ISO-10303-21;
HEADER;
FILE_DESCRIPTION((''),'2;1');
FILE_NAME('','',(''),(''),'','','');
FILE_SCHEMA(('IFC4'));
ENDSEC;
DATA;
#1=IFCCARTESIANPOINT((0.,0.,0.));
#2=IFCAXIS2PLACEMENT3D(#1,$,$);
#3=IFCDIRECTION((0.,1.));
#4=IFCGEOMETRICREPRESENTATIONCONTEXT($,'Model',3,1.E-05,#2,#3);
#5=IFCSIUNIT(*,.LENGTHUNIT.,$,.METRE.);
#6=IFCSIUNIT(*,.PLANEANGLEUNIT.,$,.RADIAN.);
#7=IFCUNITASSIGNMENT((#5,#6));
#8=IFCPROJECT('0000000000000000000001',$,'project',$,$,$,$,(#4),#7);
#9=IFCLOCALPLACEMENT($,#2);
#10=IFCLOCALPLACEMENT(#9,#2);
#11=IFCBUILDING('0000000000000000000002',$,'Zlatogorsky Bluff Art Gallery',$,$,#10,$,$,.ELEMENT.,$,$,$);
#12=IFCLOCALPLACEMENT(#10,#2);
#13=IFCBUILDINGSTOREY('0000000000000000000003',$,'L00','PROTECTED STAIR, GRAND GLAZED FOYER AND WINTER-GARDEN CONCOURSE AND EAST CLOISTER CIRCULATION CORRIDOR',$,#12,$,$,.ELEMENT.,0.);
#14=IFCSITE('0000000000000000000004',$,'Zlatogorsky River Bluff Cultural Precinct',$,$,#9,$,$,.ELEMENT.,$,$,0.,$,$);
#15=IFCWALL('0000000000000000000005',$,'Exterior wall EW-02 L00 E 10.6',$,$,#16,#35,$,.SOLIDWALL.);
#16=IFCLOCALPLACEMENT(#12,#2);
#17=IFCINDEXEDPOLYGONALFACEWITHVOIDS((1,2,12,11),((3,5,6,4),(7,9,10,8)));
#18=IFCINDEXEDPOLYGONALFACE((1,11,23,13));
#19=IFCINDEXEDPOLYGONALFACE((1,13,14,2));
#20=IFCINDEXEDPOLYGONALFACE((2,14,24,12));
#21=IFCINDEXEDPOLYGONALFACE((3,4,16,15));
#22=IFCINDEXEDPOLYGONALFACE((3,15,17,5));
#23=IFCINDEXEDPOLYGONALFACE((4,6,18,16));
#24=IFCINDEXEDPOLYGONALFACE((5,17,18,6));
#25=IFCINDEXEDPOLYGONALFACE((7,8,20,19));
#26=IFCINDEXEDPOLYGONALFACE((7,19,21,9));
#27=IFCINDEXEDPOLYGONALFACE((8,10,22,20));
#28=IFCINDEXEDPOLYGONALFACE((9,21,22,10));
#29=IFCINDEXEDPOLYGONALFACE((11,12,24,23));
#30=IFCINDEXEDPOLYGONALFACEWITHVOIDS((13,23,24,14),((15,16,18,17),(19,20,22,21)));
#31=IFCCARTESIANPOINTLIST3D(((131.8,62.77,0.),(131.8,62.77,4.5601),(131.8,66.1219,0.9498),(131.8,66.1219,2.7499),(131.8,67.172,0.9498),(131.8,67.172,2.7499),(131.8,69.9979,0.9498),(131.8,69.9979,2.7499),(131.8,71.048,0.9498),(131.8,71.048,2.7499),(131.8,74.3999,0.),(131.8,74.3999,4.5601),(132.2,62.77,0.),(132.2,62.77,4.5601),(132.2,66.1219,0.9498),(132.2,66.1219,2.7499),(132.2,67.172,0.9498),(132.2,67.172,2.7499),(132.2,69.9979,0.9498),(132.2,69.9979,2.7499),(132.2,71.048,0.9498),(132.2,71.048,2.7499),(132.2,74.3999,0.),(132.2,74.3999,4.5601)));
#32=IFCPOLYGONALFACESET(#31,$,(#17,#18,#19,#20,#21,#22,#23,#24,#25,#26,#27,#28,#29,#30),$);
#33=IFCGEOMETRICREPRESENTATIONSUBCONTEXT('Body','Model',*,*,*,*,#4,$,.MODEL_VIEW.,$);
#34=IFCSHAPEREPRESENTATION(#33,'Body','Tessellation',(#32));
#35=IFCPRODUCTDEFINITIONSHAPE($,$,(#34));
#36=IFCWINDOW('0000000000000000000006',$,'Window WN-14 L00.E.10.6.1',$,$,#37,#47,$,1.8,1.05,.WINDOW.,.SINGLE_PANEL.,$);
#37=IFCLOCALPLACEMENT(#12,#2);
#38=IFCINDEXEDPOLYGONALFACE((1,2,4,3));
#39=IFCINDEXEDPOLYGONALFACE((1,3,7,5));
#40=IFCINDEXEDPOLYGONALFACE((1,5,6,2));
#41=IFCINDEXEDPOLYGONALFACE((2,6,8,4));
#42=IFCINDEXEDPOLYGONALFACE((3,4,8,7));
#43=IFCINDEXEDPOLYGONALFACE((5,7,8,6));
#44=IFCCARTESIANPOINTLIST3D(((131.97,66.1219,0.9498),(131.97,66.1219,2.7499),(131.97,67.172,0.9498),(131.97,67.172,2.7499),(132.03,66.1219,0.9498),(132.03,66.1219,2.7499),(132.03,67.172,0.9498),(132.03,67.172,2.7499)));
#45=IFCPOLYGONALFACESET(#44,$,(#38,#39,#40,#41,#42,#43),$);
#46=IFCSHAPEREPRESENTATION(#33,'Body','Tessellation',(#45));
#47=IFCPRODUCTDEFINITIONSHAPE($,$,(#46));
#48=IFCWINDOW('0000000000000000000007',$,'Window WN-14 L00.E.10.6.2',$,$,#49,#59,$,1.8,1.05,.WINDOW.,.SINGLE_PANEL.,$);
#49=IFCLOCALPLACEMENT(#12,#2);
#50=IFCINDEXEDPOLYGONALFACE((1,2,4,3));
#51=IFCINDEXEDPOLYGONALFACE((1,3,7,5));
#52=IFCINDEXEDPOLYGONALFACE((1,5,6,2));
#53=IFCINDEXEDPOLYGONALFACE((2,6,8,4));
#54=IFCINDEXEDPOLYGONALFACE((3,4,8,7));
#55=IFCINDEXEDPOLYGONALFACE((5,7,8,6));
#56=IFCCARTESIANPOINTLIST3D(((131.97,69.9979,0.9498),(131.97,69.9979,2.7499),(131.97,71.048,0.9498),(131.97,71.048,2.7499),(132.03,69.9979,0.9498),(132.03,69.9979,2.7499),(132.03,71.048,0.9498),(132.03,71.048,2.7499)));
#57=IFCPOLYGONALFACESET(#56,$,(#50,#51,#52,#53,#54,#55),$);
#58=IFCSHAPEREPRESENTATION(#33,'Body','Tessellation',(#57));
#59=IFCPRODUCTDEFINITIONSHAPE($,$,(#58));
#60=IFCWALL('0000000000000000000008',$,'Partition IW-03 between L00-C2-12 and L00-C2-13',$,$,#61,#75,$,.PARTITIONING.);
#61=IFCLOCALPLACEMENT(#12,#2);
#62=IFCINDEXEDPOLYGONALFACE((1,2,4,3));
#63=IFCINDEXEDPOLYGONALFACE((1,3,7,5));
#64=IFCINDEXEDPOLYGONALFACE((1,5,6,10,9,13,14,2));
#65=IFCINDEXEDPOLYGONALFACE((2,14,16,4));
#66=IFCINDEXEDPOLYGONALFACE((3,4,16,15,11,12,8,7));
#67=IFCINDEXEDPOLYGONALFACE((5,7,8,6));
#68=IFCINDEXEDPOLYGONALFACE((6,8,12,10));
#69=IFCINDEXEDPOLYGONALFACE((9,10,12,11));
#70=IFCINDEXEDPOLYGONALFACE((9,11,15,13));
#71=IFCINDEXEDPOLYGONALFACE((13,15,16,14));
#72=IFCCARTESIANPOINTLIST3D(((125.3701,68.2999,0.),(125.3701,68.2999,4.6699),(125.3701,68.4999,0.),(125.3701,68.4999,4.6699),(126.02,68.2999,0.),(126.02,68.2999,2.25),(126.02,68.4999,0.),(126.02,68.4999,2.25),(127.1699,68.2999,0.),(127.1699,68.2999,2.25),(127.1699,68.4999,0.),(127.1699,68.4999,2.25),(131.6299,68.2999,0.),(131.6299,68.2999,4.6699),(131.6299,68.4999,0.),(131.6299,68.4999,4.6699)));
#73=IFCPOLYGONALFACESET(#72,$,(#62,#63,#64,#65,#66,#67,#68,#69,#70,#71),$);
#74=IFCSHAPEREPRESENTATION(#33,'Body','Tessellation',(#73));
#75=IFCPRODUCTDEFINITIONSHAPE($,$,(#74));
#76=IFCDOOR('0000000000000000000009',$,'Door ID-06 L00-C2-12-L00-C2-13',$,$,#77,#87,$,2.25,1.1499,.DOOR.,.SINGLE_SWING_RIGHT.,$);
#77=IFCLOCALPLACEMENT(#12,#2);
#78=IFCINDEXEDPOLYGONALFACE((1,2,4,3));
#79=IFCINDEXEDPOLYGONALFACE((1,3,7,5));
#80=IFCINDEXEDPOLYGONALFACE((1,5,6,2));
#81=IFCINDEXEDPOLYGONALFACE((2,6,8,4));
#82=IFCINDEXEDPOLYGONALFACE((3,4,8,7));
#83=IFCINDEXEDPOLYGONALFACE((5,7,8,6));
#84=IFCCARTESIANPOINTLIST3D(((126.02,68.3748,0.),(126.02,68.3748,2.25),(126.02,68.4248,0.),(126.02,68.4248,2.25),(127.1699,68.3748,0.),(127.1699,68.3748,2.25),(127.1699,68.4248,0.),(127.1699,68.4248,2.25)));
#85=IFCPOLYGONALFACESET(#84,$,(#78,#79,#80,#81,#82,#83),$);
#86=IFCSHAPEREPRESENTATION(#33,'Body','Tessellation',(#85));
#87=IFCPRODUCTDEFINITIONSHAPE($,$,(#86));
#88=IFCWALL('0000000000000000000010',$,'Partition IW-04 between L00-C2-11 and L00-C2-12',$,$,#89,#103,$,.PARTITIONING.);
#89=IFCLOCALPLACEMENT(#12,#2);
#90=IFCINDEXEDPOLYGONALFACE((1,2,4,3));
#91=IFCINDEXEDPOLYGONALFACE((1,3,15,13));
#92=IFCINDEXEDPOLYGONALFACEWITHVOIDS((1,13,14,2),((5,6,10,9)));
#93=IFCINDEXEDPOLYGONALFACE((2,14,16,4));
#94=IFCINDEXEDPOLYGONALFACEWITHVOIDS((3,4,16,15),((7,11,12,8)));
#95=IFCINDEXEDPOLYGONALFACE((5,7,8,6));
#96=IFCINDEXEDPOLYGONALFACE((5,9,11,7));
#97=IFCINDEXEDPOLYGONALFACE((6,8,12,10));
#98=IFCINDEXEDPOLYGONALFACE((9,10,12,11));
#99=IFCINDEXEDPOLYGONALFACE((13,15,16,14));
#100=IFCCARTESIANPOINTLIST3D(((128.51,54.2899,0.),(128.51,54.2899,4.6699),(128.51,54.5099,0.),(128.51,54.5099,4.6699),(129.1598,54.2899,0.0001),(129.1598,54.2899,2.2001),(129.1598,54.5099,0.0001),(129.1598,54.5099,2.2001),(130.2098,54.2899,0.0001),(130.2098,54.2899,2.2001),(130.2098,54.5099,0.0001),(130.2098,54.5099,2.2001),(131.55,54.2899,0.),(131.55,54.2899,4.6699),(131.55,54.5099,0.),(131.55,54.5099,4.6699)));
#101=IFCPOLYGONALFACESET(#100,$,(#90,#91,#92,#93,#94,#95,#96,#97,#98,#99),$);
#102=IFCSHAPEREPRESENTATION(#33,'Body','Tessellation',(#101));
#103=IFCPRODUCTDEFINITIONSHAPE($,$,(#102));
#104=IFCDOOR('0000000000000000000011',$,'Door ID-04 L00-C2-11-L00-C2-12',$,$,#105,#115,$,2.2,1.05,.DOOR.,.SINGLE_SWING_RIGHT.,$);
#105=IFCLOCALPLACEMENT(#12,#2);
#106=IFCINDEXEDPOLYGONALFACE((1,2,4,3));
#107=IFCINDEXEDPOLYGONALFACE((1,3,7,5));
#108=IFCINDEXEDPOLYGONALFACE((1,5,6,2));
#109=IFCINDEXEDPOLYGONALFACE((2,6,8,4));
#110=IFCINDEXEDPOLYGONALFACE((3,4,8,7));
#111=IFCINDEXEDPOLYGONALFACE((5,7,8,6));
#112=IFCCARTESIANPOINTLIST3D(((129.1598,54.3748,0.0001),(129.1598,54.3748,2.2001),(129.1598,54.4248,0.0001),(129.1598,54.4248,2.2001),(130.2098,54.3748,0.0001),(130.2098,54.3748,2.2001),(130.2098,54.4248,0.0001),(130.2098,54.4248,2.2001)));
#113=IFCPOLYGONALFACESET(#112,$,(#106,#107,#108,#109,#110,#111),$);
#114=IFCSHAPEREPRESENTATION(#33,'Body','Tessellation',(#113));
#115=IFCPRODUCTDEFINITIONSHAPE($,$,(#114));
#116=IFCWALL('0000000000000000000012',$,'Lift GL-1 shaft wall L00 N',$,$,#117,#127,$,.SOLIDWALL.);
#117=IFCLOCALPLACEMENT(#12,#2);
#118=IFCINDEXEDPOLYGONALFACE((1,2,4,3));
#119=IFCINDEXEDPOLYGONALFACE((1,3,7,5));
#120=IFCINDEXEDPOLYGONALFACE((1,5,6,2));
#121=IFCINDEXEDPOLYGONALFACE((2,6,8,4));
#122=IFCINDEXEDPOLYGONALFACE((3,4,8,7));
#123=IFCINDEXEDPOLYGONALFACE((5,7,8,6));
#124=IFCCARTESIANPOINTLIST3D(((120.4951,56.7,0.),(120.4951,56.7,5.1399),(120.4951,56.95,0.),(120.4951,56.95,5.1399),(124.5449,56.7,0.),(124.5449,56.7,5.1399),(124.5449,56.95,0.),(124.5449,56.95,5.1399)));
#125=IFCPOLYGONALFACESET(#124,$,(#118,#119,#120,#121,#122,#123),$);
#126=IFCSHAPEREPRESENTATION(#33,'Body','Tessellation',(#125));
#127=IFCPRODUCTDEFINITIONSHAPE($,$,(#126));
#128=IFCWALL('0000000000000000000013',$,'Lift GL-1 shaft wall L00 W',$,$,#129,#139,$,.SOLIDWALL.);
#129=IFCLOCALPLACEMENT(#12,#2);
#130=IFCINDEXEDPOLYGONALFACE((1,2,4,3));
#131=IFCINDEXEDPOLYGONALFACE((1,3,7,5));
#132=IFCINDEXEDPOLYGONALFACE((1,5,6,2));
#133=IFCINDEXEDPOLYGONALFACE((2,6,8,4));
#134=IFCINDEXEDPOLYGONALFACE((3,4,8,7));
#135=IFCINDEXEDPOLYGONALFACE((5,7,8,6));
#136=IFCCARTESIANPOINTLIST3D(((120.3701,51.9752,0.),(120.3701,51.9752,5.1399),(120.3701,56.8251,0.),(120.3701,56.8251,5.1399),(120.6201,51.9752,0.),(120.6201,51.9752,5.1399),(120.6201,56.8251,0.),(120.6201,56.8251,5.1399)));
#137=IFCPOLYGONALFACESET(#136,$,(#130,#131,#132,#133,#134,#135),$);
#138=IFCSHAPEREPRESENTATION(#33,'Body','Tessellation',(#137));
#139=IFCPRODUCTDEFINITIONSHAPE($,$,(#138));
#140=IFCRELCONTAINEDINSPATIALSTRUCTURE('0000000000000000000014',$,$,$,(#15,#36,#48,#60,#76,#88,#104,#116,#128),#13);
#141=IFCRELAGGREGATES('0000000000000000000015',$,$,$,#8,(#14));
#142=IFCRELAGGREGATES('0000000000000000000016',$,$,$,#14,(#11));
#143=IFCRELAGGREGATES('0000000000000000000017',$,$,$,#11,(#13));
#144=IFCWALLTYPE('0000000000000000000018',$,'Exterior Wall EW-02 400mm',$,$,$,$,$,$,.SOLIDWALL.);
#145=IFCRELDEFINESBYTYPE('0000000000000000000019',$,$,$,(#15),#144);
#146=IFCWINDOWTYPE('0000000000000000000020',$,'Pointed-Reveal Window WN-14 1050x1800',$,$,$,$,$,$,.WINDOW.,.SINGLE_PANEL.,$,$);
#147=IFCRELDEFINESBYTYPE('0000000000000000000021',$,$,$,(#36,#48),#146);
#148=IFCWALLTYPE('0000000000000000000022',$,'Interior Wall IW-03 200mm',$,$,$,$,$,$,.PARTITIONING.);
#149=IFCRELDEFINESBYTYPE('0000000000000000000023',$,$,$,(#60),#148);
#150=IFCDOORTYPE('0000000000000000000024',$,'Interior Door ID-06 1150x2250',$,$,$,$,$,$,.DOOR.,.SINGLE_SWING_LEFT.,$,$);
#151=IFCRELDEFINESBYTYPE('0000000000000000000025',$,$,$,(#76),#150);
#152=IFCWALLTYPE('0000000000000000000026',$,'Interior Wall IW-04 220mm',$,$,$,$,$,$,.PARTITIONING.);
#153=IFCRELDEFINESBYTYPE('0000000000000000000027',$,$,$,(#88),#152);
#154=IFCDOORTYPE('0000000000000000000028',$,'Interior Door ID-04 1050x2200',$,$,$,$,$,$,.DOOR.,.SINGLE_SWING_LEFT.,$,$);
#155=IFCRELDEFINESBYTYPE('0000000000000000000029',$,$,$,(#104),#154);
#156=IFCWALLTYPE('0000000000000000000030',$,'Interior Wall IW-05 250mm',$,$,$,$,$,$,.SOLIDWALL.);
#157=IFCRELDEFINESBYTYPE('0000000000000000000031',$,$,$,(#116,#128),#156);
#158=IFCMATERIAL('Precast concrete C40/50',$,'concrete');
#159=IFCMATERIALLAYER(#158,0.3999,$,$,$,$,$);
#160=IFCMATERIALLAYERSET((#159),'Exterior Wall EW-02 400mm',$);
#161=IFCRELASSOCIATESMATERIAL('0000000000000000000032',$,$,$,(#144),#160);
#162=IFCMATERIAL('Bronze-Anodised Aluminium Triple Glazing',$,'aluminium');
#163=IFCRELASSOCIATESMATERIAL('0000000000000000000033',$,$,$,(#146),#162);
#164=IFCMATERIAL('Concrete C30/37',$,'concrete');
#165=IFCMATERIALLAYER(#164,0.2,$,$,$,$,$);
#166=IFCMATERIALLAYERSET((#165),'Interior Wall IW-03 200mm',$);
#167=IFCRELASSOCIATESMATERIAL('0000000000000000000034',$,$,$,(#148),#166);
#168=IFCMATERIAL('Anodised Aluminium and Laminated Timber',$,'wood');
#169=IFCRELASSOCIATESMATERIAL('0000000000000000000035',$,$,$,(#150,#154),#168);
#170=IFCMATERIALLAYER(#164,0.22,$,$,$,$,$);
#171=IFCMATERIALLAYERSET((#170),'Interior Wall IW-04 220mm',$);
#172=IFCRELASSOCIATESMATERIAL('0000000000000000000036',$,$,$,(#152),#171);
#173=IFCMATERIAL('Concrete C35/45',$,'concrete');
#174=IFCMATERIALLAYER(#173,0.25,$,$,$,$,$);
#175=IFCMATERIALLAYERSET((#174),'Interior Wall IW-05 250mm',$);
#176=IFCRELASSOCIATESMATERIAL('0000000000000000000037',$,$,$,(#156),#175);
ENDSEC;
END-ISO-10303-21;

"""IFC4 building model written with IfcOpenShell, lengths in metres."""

from ifc_helpers import new_model, si_unit, direction, frame, frame_2d, origin, place, context, subcontext, project, spatial, rectangle, extrude, material, layer, layer_set, type_object, element, fill, save


model = new_model("IFC4")

# Units and contexts
model_context = context("Model", 3, precision=1e-05, world=origin(), true_north=direction((0.0, 1.0)))
body_context = subcontext(model_context, "Body", "Model", "MODEL_VIEW")
ifc_project = project(units=[si_unit("LENGTHUNIT", "METRE"), si_unit("PLANEANGLEUNIT", "RADIAN")], contexts=[model_context])

# Site, building, storey
site_placement = place(None, origin())
site = spatial("IfcSite", under=ifc_project, at=site_placement, Name="Zlatogorsky River Bluff Cultural Precinct", CompositionType="ELEMENT", RefElevation=0.0)
building_placement = place(site_placement, origin())
building = spatial("IfcBuilding", under=site, at=building_placement, Name="Zlatogorsky Bluff Art Gallery", CompositionType="ELEMENT")
storey_placement = place(building_placement, origin())
storey = spatial("IfcBuildingStorey", under=building, at=storey_placement, Name="L00", Description="PROTECTED STAIR, GRAND GLAZED FOYER AND WINTER-GARDEN CONCOURSE AND EAST CLOISTER CIRCULATION CORRIDOR", CompositionType="ELEMENT", Elevation=0.0)

# Shared definitions
ifc_material_1 = material(Name="Concrete C35/45", Category="concrete")

# Shared definitions
ifc_material_2 = material(Name="Precast concrete C40/50", Category="concrete")

# Wall, openings, windows
ifc_layer_1 = layer(ifc_material_2, 0.3999)
ifc_layer_set_1 = layer_set([ifc_layer_1], Name="Exterior Wall EW-02 400mm")
wall_type_1 = type_object("IfcWallType", Name="Exterior Wall EW-02 400mm", PredefinedType="SOLIDWALL", material=ifc_layer_set_1)
wall_1_placement = place(storey_placement, frame((132.0, 62.77, 0.0), z_axis=(0.0, 0.0, 1.0), x_axis=(0.0, 1.0, 0.0)))
wall_1 = element("IfcWall", 1, at=wall_1_placement, inside=storey, type_object=wall_type_1, Name="Exterior wall EW-02 L00 E 10.6", PredefinedType="SOLIDWALL", context=body_context, shape_type="SweptSolid", body=[
    extrude(rectangle(XDim=11.6299, YDim=0.3999, at=frame_2d((5.8149, 0.0))), origin(), (0.0, 0.0, 1.0), 4.5601),
])
opening_1_placement = place(wall_1_placement, frame((3.3521, 0.0, 0.95)))
opening_1 = element("IfcOpeningElement", 2, at=opening_1_placement, cuts=wall_1, PredefinedType="OPENING", context=body_context, shape_type="SweptSolid", body=[
    extrude(rectangle(XDim=1.05, YDim=1.8, at=frame_2d((0.5249, 0.8999))), frame((0.0, 0.21, 0.0), z_axis=(0.0, -1.0, 0.0), x_axis=(1.0, 0.0, 0.0)), (0.0, 0.0, 1.0), 0.4199),
])
opening_2_placement = place(wall_1_placement, frame((7.228, 0.0, 0.95)))
opening_2 = element("IfcOpeningElement", 3, at=opening_2_placement, cuts=wall_1, PredefinedType="OPENING", context=body_context, shape_type="SweptSolid", body=[
    extrude(rectangle(XDim=1.05, YDim=1.8, at=frame_2d((0.5249, 0.8999))), frame((0.0, 0.21, 0.0), z_axis=(0.0, -1.0, 0.0), x_axis=(1.0, 0.0, 0.0)), (0.0, 0.0, 1.0), 0.4199),
])
ifc_material_3 = material(Name="Bronze-Anodised Aluminium Triple Glazing", Category="aluminium")
window_type = type_object("IfcWindowType", Name="Pointed-Reveal Window WN-14 1050x1800", PartitioningType="SINGLE_PANEL", PredefinedType="WINDOW", material=ifc_material_3)
window_1_placement = place(opening_1_placement, origin())
window_1 = element("IfcWindow", 4, at=window_1_placement, inside=storey, type_object=window_type, Name="Window WN-14 L00.E.10.6.1", OverallHeight=1.8, OverallWidth=1.05, PartitioningType="SINGLE_PANEL", PredefinedType="WINDOW", context=body_context, shape_type="SweptSolid", body=[
    extrude(rectangle(XDim=1.05, YDim=1.8, at=frame_2d((0.5249, 0.8999))), frame((0.0, 0.03, 0.0), z_axis=(0.0, -1.0, 0.0), x_axis=(1.0, 0.0, 0.0)), (0.0, 0.0, 1.0), 0.0601),
])
fill(opening_1, window_1)
window_2_placement = place(opening_2_placement, origin())
window_2 = element("IfcWindow", 5, at=window_2_placement, inside=storey, type_object=window_type, Name="Window WN-14 L00.E.10.6.2", OverallHeight=1.8, OverallWidth=1.05, PartitioningType="SINGLE_PANEL", PredefinedType="WINDOW", context=body_context, shape_type="SweptSolid", body=[
    extrude(rectangle(XDim=1.05, YDim=1.8, at=frame_2d((0.5249, 0.8999))), frame((0.0, 0.03, 0.0), z_axis=(0.0, -1.0, 0.0), x_axis=(1.0, 0.0, 0.0)), (0.0, 0.0, 1.0), 0.0601),
])
fill(opening_2, window_2)

# Walls, openings, doors
ifc_material_4 = material(Name="Concrete C30/37", Category="concrete")
ifc_layer_2 = layer(ifc_material_4, 0.2)
ifc_layer_set_2 = layer_set([ifc_layer_2], Name="Interior Wall IW-03 200mm")
wall_type_2 = type_object("IfcWallType", Name="Interior Wall IW-03 200mm", PredefinedType="PARTITIONING", material=ifc_layer_set_2)
wall_2_placement = place(storey_placement, frame((125.3701, 68.3999, 0.0), z_axis=(0.0, 0.0, 1.0), x_axis=(1.0, 0.0, 0.0)))
wall_2 = element("IfcWall", 6, at=wall_2_placement, inside=storey, type_object=wall_type_2, Name="Partition IW-03 between L00-C2-12 and L00-C2-13", PredefinedType="PARTITIONING", context=body_context, shape_type="SweptSolid", body=[
    extrude(rectangle(XDim=6.2598, YDim=0.2, at=frame_2d((3.1299, 0.0))), origin(), (0.0, 0.0, 1.0), 4.6699),
])
opening_3_placement = place(wall_2_placement, frame((0.6499, 0.0, 0.0)))
opening_3 = element("IfcOpeningElement", 7, at=opening_3_placement, cuts=wall_2, PredefinedType="OPENING", context=body_context, shape_type="SweptSolid", body=[
    extrude(rectangle(XDim=1.1499, YDim=2.25, at=frame_2d((0.575, 1.125))), frame((0.0, 0.1099, 0.0), z_axis=(0.0, -1.0, 0.0), x_axis=(1.0, 0.0, 0.0)), (0.0, 0.0, 1.0), 0.22),
])
ifc_material_5 = material(Name="Anodised Aluminium and Laminated Timber", Category="wood")
door_type_1 = type_object("IfcDoorType", Name="Interior Door ID-06 1150x2250", OperationType="SINGLE_SWING_LEFT", PredefinedType="DOOR", material=ifc_material_5)
door_1_placement = place(opening_3_placement, origin())
door_1 = element("IfcDoor", 8, at=door_1_placement, inside=storey, type_object=door_type_1, Name="Door ID-06 L00-C2-12-L00-C2-13", OperationType="SINGLE_SWING_RIGHT", OverallHeight=2.25, OverallWidth=1.1499, PredefinedType="DOOR", context=body_context, shape_type="SweptSolid", body=[
    extrude(rectangle(XDim=1.1499, YDim=2.25, at=frame_2d((0.575, 1.125))), frame((0.0, 0.0249, 0.0), z_axis=(0.0, -1.0, 0.0), x_axis=(1.0, 0.0, 0.0)), (0.0, 0.0, 1.0), 0.05),
])
fill(opening_3, door_1)
ifc_layer_3 = layer(ifc_material_4, 0.22)
ifc_layer_set_3 = layer_set([ifc_layer_3], Name="Interior Wall IW-04 220mm")
wall_type_3 = type_object("IfcWallType", Name="Interior Wall IW-04 220mm", PredefinedType="PARTITIONING", material=ifc_layer_set_3)
wall_3_placement = place(storey_placement, frame((128.51, 54.3999, 0.0), z_axis=(0.0, 0.0, 1.0), x_axis=(1.0, 0.0, 0.0)))
wall_3 = element("IfcWall", 9, at=wall_3_placement, inside=storey, type_object=wall_type_3, Name="Partition IW-04 between L00-C2-11 and L00-C2-12", PredefinedType="PARTITIONING", context=body_context, shape_type="SweptSolid", body=[
    extrude(rectangle(XDim=3.04, YDim=0.22, at=frame_2d((1.52, 0.0))), origin(), (0.0, 0.0, 1.0), 4.6699),
])
opening_4_placement = place(wall_3_placement, frame((0.6499, 0.0, 0.0)))
opening_4 = element("IfcOpeningElement", 10, at=opening_4_placement, cuts=wall_3, PredefinedType="OPENING", context=body_context, shape_type="SweptSolid", body=[
    extrude(rectangle(XDim=1.05, YDim=2.2, at=frame_2d((0.5249, 1.1001))), frame((0.0, 0.1199, 0.0), z_axis=(0.0, -1.0, 0.0), x_axis=(1.0, 0.0, 0.0)), (0.0, 0.0, 1.0), 0.24),
])
door_type_2 = type_object("IfcDoorType", Name="Interior Door ID-04 1050x2200", OperationType="SINGLE_SWING_LEFT", PredefinedType="DOOR", material=ifc_material_5)
door_2_placement = place(opening_4_placement, origin())
door_2 = element("IfcDoor", 11, at=door_2_placement, inside=storey, type_object=door_type_2, Name="Door ID-04 L00-C2-11-L00-C2-12", OperationType="SINGLE_SWING_RIGHT", OverallHeight=2.2, OverallWidth=1.05, PredefinedType="DOOR", context=body_context, shape_type="SweptSolid", body=[
    extrude(rectangle(XDim=1.05, YDim=2.2, at=frame_2d((0.5249, 1.1001))), frame((0.0, 0.0249, 0.0), z_axis=(0.0, -1.0, 0.0), x_axis=(1.0, 0.0, 0.0)), (0.0, 0.0, 1.0), 0.05),
])
fill(opening_4, door_2)

# Walls
ifc_layer_4 = layer(ifc_material_1, 0.25)
ifc_layer_set_4 = layer_set([ifc_layer_4], Name="Interior Wall IW-05 250mm")
wall_type_4 = type_object("IfcWallType", Name="Interior Wall IW-05 250mm", PredefinedType="SOLIDWALL", material=ifc_layer_set_4)
wall_4_placement = place(storey_placement, frame((124.5449, 56.825, 0.0), z_axis=(0.0, 0.0, 1.0), x_axis=(-1.0, 0.0, 0.0)))
element("IfcWall", 12, at=wall_4_placement, inside=storey, type_object=wall_type_4, Name="Lift GL-1 shaft wall L00 N", PredefinedType="SOLIDWALL", context=body_context, shape_type="SweptSolid", body=[
    extrude(rectangle(XDim=4.0498, YDim=0.25, at=frame_2d((2.0249, 0.0))), origin(), (0.0, 0.0, 1.0), 5.1399),
])
wall_5_placement = place(storey_placement, frame((120.4951, 56.825, 0.0), z_axis=(0.0, 0.0, 1.0), x_axis=(0.0, -1.0, 0.0)))
element("IfcWall", 13, at=wall_5_placement, inside=storey, type_object=wall_type_4, Name="Lift GL-1 shaft wall L00 W", PredefinedType="SOLIDWALL", context=body_context, shape_type="SweptSolid", body=[
    extrude(rectangle(XDim=4.8499, YDim=0.25, at=frame_2d((2.4248, 0.0))), origin(), (0.0, 0.0, 1.0), 5.1399),
])

save(model, "model.ifc")
